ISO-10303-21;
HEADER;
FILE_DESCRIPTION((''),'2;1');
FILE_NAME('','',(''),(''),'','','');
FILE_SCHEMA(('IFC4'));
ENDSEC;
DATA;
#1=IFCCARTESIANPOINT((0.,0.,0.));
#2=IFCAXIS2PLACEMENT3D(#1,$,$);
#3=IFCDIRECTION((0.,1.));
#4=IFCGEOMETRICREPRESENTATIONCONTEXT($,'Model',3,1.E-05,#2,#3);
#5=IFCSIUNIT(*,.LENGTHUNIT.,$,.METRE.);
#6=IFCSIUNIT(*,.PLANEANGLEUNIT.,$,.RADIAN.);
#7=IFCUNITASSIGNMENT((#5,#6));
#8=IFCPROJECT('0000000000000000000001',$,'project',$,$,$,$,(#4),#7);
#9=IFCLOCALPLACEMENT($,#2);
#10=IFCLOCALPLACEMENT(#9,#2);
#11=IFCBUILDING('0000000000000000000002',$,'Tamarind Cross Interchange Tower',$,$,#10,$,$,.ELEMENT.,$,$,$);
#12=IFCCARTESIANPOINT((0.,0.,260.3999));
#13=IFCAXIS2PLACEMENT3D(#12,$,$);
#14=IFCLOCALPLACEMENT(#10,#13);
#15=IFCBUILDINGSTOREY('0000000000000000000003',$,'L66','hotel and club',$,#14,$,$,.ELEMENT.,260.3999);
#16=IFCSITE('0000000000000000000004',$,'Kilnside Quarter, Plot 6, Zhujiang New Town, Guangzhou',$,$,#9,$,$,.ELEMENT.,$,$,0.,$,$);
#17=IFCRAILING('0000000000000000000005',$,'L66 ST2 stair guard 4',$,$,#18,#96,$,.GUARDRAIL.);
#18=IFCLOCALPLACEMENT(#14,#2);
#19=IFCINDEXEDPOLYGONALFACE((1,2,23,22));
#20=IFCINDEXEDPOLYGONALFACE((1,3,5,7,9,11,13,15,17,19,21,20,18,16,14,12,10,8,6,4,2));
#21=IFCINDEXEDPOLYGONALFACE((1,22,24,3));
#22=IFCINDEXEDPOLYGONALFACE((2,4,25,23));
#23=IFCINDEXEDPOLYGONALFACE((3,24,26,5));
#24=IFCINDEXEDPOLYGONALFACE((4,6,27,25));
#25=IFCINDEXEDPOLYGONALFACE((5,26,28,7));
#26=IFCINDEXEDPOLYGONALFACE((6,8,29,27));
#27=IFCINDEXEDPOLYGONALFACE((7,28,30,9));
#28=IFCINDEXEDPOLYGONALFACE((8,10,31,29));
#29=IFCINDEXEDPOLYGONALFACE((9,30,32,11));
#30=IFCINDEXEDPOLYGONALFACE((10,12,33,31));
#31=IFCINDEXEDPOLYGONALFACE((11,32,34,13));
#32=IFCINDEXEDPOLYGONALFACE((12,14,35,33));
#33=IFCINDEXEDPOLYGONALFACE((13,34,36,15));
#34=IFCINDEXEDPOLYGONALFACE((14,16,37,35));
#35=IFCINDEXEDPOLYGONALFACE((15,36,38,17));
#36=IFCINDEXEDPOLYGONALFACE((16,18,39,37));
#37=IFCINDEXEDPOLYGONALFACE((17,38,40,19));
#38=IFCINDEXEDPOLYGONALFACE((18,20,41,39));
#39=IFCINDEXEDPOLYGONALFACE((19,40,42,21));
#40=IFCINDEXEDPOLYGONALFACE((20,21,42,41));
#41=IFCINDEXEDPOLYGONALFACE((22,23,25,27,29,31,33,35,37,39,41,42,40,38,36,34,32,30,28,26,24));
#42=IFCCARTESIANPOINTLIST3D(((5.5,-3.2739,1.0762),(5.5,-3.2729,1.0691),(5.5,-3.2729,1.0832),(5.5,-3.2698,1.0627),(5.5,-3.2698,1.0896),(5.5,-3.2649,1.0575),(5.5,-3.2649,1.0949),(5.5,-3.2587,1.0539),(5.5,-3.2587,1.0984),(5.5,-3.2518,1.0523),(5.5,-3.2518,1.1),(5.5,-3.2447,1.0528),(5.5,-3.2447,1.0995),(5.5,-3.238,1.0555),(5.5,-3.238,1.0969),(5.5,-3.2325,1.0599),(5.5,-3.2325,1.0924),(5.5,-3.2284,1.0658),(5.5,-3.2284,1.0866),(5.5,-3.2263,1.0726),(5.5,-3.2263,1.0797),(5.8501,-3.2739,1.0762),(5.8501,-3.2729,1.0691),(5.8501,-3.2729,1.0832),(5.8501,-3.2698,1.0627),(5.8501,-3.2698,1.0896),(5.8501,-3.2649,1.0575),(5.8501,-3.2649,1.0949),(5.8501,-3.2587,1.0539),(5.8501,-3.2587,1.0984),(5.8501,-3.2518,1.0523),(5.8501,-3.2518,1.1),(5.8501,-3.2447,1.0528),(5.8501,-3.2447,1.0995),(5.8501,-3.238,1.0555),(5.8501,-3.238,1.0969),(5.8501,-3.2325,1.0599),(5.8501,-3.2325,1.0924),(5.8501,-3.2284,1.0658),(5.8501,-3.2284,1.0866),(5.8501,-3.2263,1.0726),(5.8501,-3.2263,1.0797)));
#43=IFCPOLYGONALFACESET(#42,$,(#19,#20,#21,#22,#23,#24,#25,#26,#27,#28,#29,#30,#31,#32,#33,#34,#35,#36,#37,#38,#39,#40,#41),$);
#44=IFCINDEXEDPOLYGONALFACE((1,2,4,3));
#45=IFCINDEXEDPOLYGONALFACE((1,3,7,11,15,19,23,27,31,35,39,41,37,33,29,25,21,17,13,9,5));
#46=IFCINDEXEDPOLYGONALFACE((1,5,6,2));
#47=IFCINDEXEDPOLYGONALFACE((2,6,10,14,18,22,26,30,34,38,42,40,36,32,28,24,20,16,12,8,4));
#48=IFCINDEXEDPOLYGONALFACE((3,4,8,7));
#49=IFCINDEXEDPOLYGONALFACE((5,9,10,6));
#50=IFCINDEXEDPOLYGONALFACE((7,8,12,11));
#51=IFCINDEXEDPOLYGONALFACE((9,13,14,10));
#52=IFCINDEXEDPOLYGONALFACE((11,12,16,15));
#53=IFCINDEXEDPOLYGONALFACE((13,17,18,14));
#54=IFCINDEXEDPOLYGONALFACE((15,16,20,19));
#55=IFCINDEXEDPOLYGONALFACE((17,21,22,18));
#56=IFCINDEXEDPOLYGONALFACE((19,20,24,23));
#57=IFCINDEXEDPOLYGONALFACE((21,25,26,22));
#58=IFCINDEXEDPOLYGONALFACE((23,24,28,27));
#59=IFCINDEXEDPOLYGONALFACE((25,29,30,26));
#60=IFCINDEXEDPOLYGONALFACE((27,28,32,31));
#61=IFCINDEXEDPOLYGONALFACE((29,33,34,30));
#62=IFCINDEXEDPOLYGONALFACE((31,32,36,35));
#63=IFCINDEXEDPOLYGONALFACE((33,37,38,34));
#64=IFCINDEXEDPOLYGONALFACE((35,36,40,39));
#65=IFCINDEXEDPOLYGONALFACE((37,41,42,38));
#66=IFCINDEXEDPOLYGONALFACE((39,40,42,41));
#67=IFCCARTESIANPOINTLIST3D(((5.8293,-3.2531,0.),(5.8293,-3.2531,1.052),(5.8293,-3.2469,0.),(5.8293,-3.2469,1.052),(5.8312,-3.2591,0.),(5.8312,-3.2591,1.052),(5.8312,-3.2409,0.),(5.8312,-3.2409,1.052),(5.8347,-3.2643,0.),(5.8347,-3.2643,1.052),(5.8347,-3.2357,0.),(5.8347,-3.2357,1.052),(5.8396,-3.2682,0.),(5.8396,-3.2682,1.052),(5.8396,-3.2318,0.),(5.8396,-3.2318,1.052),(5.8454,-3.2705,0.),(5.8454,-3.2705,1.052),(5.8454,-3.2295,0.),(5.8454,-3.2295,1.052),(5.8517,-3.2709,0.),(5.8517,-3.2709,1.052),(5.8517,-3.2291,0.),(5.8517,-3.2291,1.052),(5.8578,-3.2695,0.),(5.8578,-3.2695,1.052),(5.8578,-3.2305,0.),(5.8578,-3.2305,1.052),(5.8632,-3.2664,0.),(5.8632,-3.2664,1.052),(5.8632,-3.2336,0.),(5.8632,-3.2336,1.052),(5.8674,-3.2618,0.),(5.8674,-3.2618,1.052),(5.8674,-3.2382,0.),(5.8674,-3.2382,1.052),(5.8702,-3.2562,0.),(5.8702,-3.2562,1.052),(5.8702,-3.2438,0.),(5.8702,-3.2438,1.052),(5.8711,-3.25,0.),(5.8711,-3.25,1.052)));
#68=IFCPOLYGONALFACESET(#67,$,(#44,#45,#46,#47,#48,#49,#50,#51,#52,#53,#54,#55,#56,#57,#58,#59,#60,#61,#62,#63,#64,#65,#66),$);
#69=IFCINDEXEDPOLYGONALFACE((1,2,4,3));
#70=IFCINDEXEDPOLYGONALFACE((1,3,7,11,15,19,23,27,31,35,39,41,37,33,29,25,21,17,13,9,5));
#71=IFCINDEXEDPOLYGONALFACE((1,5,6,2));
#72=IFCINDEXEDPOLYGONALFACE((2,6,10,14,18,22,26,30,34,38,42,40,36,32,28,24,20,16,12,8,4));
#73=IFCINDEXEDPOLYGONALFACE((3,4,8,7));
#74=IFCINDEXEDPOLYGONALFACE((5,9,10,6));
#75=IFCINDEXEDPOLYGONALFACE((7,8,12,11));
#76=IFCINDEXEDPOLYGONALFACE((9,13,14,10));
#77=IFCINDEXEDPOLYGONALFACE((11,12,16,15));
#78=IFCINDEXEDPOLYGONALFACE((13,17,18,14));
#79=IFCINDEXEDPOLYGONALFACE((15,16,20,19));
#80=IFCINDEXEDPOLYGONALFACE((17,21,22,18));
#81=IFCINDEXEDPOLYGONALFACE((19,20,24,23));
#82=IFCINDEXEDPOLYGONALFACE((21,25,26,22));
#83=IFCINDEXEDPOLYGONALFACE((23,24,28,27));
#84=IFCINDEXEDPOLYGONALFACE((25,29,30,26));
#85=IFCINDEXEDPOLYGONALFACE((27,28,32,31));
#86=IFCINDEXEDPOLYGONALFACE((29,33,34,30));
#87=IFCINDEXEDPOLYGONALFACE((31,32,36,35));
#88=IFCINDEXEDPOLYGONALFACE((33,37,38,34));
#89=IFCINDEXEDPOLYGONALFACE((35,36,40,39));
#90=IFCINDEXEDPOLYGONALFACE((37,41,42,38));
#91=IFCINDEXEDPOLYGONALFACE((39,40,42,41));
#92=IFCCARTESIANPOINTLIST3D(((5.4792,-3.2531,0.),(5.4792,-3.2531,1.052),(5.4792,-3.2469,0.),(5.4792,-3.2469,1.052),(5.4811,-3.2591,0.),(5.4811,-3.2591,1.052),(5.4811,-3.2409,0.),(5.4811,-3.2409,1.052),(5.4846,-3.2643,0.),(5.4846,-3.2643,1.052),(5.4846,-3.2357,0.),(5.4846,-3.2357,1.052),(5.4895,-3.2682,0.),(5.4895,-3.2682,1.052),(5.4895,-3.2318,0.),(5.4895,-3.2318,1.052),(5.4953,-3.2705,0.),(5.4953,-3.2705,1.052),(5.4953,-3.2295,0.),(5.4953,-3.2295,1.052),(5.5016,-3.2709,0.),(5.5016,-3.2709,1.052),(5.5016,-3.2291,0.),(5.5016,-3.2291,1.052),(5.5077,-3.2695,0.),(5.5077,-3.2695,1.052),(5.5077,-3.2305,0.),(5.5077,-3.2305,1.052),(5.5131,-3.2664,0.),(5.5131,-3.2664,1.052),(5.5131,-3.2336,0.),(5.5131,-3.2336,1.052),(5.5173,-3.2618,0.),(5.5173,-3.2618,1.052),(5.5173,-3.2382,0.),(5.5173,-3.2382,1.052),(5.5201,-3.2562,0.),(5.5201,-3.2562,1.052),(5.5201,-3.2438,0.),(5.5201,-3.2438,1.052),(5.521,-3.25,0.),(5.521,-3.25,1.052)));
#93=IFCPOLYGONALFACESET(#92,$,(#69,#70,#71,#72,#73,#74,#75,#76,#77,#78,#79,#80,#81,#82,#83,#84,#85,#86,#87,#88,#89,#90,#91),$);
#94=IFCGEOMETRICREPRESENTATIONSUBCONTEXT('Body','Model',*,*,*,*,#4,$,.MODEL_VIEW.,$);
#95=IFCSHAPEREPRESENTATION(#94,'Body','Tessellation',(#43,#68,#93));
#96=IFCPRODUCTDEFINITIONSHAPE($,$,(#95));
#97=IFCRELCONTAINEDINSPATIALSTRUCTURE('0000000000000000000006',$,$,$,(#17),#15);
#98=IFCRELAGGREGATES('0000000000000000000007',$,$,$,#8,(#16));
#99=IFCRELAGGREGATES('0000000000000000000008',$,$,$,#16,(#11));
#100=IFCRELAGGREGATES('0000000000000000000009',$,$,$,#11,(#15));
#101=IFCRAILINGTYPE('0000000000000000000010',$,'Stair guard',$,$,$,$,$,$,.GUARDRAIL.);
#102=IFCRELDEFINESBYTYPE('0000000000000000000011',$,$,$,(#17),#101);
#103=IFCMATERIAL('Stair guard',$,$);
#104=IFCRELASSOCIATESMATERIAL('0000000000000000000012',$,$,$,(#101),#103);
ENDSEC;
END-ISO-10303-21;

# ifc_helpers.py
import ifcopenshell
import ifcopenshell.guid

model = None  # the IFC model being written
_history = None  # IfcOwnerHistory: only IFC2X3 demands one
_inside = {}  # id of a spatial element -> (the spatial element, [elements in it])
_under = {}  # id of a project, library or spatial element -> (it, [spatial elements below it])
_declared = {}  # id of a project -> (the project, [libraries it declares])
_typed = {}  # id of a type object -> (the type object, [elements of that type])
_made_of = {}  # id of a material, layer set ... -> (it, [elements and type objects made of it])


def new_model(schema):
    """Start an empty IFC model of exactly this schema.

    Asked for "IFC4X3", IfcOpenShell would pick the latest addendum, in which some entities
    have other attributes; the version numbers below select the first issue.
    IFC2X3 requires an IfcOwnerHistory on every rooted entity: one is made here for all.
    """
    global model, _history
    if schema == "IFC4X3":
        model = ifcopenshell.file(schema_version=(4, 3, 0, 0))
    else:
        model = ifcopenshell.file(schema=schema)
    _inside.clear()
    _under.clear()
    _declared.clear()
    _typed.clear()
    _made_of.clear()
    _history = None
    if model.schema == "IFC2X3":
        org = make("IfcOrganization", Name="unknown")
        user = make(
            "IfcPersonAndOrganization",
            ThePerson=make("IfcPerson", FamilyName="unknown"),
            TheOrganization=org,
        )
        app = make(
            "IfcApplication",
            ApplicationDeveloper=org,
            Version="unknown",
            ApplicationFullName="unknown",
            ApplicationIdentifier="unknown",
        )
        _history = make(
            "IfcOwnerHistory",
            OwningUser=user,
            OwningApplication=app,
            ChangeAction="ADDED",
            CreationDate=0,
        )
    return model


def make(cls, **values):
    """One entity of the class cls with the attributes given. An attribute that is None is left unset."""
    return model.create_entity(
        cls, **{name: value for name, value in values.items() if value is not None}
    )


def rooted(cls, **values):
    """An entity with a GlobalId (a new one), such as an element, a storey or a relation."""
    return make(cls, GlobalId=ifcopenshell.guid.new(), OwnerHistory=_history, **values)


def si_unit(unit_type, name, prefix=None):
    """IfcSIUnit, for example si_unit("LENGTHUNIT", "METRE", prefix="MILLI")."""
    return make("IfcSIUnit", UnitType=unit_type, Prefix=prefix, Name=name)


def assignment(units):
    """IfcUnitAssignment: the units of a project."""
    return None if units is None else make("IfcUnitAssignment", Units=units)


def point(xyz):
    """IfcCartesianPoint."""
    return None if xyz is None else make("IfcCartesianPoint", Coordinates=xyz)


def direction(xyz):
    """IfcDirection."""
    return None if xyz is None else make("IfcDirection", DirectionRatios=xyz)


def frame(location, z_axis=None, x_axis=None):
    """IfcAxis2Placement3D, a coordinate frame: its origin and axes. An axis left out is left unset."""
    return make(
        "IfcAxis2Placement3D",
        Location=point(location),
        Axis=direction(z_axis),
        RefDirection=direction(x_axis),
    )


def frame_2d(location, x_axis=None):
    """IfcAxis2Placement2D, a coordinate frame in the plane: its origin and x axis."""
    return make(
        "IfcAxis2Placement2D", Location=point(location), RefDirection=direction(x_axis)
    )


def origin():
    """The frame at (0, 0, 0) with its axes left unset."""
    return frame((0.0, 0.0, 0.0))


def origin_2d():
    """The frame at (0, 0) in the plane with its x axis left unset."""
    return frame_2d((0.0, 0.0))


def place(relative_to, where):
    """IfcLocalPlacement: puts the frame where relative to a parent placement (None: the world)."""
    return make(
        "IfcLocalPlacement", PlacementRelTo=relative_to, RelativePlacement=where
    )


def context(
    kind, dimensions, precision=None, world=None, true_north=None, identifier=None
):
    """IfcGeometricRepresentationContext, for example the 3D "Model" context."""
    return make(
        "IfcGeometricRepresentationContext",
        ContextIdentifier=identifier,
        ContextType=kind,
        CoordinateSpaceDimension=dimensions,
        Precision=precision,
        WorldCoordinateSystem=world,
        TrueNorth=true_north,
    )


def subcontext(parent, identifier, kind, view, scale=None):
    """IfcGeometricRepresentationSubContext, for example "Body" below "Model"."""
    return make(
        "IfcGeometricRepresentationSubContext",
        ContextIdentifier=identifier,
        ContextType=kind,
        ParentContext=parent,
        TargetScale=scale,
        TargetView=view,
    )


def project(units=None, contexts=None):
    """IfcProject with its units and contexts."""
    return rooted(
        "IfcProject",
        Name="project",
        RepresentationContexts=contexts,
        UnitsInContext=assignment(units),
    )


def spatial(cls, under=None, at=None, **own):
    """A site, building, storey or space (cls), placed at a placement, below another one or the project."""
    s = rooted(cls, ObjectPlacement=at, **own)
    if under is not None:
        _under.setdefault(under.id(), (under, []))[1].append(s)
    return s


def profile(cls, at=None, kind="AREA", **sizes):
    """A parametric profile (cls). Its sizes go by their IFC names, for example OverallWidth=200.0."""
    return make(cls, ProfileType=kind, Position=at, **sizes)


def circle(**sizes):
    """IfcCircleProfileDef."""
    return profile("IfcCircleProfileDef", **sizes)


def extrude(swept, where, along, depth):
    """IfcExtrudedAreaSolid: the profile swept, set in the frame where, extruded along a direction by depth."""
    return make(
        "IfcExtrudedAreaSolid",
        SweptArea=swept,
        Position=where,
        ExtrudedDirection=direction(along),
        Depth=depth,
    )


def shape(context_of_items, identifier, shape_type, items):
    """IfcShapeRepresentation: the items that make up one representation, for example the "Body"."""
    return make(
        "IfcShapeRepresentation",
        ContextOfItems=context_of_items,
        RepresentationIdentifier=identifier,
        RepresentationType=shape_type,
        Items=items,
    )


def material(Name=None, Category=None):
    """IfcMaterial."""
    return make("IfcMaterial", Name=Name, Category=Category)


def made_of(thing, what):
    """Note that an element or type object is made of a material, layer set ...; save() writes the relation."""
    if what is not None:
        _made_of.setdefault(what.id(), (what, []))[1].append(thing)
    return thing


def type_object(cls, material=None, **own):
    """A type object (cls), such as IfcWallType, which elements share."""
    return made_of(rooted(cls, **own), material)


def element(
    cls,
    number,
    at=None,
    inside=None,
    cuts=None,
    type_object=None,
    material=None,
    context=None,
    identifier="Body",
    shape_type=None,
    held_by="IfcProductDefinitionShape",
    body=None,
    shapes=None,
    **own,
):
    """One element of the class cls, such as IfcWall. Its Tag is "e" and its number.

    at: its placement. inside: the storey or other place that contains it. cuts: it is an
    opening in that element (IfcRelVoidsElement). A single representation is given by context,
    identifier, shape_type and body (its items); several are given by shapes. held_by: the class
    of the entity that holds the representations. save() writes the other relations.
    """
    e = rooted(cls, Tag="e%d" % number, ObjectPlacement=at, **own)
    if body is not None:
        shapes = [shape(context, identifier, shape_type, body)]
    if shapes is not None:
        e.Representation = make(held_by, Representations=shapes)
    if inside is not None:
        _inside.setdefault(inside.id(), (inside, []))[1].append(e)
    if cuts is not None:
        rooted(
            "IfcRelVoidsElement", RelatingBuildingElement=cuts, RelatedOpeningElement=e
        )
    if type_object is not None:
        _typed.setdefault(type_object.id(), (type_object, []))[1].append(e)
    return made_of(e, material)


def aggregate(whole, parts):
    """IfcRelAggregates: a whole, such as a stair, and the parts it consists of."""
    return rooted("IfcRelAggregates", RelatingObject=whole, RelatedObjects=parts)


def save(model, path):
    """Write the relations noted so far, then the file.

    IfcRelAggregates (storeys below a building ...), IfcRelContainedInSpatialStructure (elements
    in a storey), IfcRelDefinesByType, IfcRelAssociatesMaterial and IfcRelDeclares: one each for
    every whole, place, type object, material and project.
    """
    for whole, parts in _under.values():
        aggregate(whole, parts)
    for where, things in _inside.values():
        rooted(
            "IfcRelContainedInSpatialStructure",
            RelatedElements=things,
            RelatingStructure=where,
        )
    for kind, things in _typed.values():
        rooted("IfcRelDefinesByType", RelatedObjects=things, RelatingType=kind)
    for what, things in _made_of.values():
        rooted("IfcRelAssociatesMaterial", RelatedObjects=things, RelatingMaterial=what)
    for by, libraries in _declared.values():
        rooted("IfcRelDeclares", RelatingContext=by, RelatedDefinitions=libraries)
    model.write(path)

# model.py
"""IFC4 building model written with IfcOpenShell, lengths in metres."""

from ifc_helpers import new_model, si_unit, direction, frame, origin, origin_2d, place, context, subcontext, project, spatial, circle, extrude, material, type_object, element, save


model = new_model("IFC4")

# Units and contexts
model_context = context("Model", 3, precision=1e-05, world=origin(), true_north=direction((0.0, 1.0)))
body_context = subcontext(model_context, "Body", "Model", "MODEL_VIEW")
ifc_project = project(units=[si_unit("LENGTHUNIT", "METRE"), si_unit("PLANEANGLEUNIT", "RADIAN")], contexts=[model_context])

# Site, building, storey
site_placement = place(None, origin())
site = spatial("IfcSite", under=ifc_project, at=site_placement, Name="Kilnside Quarter, Plot 6, Zhujiang New Town, Guangzhou", CompositionType="ELEMENT", RefElevation=0.0)
building_placement = place(site_placement, origin())
building = spatial("IfcBuilding", under=site, at=building_placement, Name="Tamarind Cross Interchange Tower", CompositionType="ELEMENT")
storey_placement = place(building_placement, frame((0.0, 0.0, 260.3999)))
storey = spatial("IfcBuildingStorey", under=building, at=storey_placement, Name="L66", Description="hotel and club", CompositionType="ELEMENT", Elevation=260.3999)

# Railing
ifc_material_1 = material(Name="Stair guard")
railing_type_1 = type_object("IfcRailingType", Name="Stair guard", PredefinedType="GUARDRAIL", material=ifc_material_1)
railing_1_placement = place(storey_placement, frame((5.8501, -3.25, 0.0)))
element("IfcRailing", 1, at=railing_1_placement, inside=storey, type_object=railing_type_1, Name="L66 ST2 stair guard 4", PredefinedType="GUARDRAIL", context=body_context, shape_type="SweptSolid", body=[
    extrude(circle(Radius=0.0239, at=origin_2d()), frame((0.0, 0.0, 1.0762), z_axis=(-1.0, 0.0, 0.0), x_axis=(0.0, -1.0, 0.0)), (0.0, 0.0, 1.0), 0.3501),
    extrude(circle(Radius=0.021, at=origin_2d()), origin(), (0.0, 0.0, 1.0), 1.052),
    extrude(circle(Radius=0.021, at=origin_2d()), frame((-0.3501, 0.0, 0.0)), (0.0, 0.0, 1.0), 1.052),
])

save(model, "model.ifc")
